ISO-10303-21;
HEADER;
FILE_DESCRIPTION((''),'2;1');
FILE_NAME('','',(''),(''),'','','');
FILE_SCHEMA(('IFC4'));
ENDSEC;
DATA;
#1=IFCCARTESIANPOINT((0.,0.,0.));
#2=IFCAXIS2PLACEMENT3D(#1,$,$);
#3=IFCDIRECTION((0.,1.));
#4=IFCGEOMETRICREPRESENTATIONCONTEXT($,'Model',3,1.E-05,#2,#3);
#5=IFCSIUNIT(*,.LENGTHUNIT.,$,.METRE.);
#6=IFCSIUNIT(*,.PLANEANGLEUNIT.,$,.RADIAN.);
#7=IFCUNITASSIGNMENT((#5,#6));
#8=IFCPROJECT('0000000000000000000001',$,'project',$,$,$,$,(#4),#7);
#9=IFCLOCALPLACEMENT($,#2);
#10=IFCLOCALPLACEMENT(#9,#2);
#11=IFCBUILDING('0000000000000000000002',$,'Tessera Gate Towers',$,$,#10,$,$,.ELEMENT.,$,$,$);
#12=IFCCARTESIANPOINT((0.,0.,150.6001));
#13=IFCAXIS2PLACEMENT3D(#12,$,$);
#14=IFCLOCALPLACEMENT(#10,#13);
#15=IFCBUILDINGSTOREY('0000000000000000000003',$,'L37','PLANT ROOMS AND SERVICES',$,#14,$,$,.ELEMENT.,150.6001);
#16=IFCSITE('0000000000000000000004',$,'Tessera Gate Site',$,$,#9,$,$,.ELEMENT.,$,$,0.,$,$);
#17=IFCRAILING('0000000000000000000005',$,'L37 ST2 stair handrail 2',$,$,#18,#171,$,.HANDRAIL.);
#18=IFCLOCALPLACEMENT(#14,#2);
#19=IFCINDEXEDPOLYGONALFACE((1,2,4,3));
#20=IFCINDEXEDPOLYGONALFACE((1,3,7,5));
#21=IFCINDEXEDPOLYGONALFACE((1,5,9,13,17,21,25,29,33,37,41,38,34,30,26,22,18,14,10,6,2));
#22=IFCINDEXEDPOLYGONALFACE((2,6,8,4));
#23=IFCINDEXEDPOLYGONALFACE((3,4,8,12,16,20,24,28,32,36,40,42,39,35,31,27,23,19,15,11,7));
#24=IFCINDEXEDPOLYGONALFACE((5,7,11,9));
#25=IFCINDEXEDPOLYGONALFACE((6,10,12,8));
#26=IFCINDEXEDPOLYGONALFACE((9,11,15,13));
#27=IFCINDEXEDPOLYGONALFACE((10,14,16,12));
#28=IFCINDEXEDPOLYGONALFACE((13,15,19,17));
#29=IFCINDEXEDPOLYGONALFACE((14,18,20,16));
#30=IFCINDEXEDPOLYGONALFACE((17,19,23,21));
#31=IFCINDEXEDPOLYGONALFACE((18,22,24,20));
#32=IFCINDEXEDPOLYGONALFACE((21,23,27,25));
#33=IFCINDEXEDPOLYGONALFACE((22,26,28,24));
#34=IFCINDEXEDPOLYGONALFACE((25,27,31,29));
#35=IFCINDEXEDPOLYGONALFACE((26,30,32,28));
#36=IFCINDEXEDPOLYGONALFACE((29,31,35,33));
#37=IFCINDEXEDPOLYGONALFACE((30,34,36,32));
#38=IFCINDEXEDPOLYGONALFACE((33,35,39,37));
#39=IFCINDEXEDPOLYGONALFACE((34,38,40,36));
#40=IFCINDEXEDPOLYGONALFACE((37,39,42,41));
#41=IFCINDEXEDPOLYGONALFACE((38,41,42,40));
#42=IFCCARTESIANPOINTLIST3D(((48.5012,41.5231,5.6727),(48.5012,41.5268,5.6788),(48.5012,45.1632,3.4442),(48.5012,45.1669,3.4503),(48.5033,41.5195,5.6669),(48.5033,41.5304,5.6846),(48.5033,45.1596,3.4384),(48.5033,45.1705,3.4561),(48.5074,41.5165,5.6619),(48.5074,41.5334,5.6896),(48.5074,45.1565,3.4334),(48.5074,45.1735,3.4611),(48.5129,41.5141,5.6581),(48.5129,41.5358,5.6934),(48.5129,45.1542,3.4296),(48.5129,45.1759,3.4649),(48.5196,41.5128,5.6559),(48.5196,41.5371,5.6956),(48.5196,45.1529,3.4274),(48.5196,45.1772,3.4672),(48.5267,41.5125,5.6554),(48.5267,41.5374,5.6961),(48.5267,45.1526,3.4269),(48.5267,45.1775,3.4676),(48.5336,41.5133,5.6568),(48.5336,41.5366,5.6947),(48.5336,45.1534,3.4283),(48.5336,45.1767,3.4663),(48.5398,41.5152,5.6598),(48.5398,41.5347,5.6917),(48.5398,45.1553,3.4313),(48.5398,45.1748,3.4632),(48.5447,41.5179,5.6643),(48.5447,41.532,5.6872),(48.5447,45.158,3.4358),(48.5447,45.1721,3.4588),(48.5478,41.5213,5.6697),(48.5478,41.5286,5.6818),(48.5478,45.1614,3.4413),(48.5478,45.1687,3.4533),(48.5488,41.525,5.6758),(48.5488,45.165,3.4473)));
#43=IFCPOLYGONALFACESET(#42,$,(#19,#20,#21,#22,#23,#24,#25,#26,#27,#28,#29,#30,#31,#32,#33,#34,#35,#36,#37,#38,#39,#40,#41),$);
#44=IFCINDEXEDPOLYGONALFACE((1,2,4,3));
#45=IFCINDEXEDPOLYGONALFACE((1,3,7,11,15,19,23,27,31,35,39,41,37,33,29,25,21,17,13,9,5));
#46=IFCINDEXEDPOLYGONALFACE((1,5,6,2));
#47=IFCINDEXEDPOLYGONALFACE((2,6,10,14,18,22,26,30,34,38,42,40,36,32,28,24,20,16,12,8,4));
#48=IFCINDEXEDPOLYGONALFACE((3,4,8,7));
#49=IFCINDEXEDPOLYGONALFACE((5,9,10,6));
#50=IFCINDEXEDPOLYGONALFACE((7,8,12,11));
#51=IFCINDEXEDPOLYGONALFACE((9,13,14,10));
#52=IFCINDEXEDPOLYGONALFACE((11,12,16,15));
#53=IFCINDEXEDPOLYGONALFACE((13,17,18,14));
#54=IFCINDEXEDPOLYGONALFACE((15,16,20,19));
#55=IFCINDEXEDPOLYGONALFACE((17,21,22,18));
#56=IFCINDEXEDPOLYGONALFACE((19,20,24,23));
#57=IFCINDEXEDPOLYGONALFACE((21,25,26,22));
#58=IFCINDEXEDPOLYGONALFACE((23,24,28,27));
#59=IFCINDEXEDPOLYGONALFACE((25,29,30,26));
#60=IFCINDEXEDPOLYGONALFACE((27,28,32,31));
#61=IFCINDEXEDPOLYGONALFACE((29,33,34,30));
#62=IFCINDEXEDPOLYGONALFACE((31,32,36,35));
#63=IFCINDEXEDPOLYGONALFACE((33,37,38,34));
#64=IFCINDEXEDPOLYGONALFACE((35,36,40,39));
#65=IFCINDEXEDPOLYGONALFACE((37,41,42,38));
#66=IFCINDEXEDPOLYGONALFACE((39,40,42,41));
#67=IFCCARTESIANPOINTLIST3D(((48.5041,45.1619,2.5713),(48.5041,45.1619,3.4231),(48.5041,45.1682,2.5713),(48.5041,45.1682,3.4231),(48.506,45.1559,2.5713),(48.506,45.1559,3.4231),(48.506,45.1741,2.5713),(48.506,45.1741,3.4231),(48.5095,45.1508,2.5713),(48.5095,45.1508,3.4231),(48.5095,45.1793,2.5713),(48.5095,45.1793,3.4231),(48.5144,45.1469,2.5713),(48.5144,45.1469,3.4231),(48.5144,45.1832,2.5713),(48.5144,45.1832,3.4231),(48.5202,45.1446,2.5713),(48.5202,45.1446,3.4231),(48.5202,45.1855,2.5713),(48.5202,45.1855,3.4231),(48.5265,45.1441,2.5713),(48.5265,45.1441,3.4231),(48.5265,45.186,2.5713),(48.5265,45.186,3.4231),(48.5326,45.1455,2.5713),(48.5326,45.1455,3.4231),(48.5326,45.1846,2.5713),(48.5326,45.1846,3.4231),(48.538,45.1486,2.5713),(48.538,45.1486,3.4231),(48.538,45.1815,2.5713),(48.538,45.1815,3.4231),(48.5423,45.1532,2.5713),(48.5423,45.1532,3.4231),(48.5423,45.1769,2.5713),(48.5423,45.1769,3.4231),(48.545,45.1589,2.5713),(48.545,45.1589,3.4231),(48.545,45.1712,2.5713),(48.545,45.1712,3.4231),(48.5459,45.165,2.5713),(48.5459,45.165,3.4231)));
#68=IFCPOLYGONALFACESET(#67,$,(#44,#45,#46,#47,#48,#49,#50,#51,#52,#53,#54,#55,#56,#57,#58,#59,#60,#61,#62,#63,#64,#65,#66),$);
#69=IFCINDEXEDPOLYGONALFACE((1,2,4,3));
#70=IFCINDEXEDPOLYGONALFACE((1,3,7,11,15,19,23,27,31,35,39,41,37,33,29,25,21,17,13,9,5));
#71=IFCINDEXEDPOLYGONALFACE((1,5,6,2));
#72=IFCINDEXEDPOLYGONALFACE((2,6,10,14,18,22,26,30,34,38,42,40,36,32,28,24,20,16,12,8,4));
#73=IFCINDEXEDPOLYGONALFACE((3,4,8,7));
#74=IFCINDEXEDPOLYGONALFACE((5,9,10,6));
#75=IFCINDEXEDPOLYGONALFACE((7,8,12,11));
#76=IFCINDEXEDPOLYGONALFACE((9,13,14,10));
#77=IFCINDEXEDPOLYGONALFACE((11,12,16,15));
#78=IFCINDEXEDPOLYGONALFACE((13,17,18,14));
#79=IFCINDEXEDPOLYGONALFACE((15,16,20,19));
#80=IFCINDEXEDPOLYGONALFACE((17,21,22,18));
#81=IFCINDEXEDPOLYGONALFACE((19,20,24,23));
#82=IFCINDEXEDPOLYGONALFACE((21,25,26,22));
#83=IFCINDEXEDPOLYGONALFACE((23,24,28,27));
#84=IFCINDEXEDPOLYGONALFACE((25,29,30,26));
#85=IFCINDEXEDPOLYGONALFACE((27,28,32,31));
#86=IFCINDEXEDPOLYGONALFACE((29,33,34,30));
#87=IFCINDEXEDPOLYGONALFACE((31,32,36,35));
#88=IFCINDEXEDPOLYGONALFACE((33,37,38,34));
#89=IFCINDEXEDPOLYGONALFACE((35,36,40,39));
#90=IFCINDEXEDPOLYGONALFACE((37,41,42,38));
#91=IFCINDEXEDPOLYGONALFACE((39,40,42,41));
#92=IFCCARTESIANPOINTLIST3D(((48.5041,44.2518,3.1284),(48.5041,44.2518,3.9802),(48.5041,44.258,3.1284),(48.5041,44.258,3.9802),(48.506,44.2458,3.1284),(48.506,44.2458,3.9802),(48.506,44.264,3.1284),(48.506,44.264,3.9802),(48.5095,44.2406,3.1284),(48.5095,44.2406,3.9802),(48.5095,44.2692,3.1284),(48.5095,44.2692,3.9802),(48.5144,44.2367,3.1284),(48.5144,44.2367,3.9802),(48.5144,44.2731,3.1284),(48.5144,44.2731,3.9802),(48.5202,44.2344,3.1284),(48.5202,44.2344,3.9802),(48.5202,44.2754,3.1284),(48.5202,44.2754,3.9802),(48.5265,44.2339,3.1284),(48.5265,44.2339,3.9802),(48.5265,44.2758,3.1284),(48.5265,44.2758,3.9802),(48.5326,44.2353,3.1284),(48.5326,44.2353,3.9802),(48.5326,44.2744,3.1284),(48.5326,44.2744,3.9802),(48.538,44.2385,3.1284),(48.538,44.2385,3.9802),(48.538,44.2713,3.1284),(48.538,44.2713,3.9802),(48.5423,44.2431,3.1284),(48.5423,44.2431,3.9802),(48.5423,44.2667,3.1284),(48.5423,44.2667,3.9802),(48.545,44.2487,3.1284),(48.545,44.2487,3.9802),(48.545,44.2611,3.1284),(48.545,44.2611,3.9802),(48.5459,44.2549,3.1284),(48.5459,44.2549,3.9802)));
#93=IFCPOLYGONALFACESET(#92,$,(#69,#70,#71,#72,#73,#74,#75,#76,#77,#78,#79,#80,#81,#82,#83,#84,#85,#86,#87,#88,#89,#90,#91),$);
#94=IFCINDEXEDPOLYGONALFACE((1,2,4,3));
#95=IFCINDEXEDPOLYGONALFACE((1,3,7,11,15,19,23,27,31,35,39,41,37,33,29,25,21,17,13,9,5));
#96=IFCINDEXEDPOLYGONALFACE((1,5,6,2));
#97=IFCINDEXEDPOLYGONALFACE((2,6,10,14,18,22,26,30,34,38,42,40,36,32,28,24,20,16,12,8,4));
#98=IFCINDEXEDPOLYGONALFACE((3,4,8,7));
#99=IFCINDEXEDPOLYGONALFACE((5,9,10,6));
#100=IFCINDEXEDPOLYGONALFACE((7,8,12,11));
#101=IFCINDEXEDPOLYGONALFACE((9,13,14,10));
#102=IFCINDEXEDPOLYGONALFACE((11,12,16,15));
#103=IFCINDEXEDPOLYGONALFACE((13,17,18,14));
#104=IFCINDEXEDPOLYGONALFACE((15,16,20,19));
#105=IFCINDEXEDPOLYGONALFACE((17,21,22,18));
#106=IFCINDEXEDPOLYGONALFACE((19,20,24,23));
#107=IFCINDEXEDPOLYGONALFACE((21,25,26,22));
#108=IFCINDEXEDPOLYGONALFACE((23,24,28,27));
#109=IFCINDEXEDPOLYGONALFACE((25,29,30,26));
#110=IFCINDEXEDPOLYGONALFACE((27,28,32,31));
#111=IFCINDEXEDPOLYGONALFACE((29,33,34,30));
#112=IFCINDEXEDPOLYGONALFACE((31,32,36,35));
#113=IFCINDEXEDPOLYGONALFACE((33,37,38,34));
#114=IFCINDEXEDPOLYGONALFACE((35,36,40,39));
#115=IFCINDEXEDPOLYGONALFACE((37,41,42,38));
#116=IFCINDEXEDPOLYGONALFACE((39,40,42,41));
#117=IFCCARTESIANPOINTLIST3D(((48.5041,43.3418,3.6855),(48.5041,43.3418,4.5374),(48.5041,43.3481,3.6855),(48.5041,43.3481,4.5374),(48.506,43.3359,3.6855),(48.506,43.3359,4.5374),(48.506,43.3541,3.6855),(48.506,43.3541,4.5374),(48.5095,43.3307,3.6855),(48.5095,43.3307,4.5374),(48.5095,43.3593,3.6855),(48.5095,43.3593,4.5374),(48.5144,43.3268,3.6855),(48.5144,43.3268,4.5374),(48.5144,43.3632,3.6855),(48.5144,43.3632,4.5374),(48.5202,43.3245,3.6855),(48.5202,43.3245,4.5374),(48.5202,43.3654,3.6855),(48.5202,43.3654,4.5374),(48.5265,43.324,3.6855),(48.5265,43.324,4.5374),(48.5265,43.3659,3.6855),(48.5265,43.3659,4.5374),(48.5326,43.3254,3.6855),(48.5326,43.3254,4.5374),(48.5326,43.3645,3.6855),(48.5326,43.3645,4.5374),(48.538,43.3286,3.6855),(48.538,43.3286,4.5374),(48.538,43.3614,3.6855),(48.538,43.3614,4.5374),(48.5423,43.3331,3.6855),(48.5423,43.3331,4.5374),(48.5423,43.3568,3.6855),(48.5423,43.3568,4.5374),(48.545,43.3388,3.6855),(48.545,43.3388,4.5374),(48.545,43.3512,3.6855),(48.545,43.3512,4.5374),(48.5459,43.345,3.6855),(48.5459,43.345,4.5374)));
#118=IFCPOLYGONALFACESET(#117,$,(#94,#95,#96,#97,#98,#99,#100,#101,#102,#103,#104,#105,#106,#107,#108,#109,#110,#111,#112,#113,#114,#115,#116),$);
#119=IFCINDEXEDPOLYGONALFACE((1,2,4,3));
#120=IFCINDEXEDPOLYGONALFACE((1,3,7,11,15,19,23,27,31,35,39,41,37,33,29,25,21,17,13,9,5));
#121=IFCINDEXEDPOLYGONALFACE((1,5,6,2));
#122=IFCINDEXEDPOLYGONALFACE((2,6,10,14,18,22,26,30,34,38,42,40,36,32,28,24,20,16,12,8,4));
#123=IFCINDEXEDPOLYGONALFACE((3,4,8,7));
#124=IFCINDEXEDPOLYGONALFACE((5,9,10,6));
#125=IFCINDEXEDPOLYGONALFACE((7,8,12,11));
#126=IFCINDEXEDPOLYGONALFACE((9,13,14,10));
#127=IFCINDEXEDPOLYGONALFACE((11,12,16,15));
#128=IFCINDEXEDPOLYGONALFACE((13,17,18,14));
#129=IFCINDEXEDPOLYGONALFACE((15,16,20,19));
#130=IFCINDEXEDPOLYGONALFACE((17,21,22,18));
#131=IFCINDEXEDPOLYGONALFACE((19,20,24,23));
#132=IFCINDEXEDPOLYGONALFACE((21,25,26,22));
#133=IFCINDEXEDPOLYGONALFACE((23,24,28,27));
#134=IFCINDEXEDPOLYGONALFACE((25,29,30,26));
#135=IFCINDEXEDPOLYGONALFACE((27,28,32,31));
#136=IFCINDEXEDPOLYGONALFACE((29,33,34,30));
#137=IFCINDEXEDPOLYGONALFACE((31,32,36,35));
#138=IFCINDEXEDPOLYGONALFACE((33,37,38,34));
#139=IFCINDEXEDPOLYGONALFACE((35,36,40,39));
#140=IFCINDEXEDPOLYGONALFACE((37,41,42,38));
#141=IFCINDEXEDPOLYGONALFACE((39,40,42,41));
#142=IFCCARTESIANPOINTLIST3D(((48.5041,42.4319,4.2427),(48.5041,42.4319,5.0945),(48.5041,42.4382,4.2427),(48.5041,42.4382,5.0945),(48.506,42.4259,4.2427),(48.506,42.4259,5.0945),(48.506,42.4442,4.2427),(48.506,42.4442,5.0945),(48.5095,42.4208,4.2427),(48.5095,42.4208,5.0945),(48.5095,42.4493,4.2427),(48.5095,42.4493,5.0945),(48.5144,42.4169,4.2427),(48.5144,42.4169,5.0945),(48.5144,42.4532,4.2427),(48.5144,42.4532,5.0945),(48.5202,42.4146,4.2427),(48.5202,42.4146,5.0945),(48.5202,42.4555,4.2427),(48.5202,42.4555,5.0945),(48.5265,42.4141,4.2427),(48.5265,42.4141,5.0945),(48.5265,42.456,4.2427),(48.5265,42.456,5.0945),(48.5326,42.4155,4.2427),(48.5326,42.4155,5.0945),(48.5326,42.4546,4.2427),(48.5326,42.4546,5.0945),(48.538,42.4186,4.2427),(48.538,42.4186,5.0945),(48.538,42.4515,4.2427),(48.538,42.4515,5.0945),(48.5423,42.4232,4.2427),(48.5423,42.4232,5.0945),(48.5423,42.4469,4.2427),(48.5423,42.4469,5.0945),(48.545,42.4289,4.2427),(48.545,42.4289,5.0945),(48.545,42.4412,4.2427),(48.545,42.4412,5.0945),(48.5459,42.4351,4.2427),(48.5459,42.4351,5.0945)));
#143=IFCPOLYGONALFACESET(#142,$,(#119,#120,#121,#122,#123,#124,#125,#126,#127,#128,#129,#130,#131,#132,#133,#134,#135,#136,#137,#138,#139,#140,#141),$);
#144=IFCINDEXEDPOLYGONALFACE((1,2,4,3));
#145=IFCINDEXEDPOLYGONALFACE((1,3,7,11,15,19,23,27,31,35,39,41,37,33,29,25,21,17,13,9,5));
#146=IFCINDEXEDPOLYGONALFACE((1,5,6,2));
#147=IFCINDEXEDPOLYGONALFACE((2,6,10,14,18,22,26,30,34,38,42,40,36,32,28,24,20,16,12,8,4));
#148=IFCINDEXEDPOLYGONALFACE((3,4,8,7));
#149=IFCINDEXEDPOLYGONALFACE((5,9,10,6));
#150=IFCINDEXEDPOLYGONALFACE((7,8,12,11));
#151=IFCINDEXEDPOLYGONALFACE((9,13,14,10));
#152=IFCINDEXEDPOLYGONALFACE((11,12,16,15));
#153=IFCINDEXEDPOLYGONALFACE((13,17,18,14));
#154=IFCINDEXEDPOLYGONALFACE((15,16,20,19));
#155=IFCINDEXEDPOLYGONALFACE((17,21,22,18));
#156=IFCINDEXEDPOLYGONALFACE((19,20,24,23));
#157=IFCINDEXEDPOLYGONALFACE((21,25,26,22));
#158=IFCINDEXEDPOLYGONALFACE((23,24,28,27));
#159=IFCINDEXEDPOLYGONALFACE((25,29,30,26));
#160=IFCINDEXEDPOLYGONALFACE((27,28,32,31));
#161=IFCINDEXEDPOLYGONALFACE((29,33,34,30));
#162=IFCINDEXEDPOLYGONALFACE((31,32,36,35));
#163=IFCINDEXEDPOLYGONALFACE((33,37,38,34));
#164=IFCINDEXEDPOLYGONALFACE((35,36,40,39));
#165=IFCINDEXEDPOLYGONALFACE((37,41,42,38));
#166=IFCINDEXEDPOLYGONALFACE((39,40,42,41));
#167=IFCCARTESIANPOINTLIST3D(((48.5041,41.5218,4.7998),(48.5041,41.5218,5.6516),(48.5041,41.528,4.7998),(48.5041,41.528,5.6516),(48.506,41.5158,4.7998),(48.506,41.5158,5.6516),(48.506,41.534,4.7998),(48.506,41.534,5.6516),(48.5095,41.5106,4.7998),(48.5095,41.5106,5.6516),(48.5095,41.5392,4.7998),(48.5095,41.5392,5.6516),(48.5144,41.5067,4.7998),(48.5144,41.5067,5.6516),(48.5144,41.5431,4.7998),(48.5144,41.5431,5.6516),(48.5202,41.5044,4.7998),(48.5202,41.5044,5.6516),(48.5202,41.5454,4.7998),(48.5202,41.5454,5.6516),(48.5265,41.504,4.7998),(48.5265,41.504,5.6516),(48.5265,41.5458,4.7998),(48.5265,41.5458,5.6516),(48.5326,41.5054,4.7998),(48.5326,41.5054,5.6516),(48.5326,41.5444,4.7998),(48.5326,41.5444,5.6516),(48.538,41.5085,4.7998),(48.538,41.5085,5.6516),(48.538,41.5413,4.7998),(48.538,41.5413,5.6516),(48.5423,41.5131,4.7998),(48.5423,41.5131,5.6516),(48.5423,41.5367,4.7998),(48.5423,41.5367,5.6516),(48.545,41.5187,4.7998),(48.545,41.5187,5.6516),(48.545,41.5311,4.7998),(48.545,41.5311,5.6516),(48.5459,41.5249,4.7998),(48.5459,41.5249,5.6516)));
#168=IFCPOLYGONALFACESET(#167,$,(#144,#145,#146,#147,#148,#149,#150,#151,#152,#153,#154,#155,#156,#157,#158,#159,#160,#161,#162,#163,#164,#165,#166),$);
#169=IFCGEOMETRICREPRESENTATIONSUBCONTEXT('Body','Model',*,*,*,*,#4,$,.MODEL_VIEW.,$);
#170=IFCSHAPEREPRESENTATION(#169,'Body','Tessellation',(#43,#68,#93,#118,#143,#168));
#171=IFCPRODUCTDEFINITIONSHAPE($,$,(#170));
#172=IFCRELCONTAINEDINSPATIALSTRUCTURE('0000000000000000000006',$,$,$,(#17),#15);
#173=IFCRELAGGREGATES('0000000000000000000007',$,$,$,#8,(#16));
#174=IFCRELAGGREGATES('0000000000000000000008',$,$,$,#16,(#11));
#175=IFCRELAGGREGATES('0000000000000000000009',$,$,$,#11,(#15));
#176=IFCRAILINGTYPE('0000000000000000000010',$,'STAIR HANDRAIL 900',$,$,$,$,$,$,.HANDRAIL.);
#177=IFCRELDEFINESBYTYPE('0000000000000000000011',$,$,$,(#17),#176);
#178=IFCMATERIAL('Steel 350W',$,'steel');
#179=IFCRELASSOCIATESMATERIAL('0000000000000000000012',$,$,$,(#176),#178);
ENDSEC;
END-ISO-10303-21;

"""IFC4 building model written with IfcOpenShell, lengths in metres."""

from ifc_helpers import new_model, si_unit, direction, frame, origin, origin_2d, place, context, subcontext, project, spatial, circle, extrude, material, type_object, element, save


model = new_model("IFC4")

# Units and contexts
model_context = context("Model", 3, precision=1e-05, world=origin(), true_north=direction((0.0, 1.0)))
body_context = subcontext(model_context, "Body", "Model", "MODEL_VIEW")
ifc_project = project(units=[si_unit("LENGTHUNIT", "METRE"), si_unit("PLANEANGLEUNIT", "RADIAN")], contexts=[model_context])

# Site, building, storey
site_placement = place(None, origin())
site = spatial("IfcSite", under=ifc_project, at=site_placement, Name="Tessera Gate Site", CompositionType="ELEMENT", RefElevation=0.0)
building_placement = place(site_placement, origin())
building = spatial("IfcBuilding", under=site, at=building_placement, Name="Tessera Gate Towers", CompositionType="ELEMENT")
storey_placement = place(building_placement, frame((0.0, 0.0, 150.6001)))
storey = spatial("IfcBuildingStorey", under=building, at=storey_placement, Name="L37", Description="PLANT ROOMS AND SERVICES", CompositionType="ELEMENT", Elevation=150.6001)

# Railing
ifc_material_1 = material(Name="Steel 350W", Category="steel")
railing_type_1 = type_object("IfcRailingType", Name="STAIR HANDRAIL 900", PredefinedType="HANDRAIL", material=ifc_material_1)
railing_1_placement = place(storey_placement, frame((48.5249, 45.165, 2.5713)))
element("IfcRailing", 1, at=railing_1_placement, inside=storey, type_object=railing_type_1, Name="L37 ST2 stair handrail 2", PredefinedType="HANDRAIL", context=body_context, shape_type="SweptSolid", body=[
    extrude(circle(Radius=0.0239, at=origin_2d()), frame((0.0, 0.0, 0.876), z_axis=(0.0, -0.852866, 0.52213), x_axis=(1.0, 0.0, 0.0)), (0.0, 0.0, 1.0), 4.2681),
    extrude(circle(Radius=0.021, at=origin_2d()), origin(), (0.0, 0.0, 1.0), 0.8518),
    extrude(circle(Radius=0.021, at=origin_2d()), frame((0.0, -0.9102, 0.5571)), (0.0, 0.0, 1.0), 0.8518),
    extrude(circle(Radius=0.021, at=origin_2d()), frame((0.0, -1.8201, 1.1143)), (0.0, 0.0, 1.0), 0.8518),
    extrude(circle(Radius=0.021, at=origin_2d()), frame((0.0, -2.73, 1.6714)), (0.0, 0.0, 1.0), 0.8518),
    extrude(circle(Radius=0.021, at=origin_2d()), frame((0.0, -3.6401, 2.2285)), (0.0, 0.0, 1.0), 0.8518),
])

save(model, "model.ifc")
